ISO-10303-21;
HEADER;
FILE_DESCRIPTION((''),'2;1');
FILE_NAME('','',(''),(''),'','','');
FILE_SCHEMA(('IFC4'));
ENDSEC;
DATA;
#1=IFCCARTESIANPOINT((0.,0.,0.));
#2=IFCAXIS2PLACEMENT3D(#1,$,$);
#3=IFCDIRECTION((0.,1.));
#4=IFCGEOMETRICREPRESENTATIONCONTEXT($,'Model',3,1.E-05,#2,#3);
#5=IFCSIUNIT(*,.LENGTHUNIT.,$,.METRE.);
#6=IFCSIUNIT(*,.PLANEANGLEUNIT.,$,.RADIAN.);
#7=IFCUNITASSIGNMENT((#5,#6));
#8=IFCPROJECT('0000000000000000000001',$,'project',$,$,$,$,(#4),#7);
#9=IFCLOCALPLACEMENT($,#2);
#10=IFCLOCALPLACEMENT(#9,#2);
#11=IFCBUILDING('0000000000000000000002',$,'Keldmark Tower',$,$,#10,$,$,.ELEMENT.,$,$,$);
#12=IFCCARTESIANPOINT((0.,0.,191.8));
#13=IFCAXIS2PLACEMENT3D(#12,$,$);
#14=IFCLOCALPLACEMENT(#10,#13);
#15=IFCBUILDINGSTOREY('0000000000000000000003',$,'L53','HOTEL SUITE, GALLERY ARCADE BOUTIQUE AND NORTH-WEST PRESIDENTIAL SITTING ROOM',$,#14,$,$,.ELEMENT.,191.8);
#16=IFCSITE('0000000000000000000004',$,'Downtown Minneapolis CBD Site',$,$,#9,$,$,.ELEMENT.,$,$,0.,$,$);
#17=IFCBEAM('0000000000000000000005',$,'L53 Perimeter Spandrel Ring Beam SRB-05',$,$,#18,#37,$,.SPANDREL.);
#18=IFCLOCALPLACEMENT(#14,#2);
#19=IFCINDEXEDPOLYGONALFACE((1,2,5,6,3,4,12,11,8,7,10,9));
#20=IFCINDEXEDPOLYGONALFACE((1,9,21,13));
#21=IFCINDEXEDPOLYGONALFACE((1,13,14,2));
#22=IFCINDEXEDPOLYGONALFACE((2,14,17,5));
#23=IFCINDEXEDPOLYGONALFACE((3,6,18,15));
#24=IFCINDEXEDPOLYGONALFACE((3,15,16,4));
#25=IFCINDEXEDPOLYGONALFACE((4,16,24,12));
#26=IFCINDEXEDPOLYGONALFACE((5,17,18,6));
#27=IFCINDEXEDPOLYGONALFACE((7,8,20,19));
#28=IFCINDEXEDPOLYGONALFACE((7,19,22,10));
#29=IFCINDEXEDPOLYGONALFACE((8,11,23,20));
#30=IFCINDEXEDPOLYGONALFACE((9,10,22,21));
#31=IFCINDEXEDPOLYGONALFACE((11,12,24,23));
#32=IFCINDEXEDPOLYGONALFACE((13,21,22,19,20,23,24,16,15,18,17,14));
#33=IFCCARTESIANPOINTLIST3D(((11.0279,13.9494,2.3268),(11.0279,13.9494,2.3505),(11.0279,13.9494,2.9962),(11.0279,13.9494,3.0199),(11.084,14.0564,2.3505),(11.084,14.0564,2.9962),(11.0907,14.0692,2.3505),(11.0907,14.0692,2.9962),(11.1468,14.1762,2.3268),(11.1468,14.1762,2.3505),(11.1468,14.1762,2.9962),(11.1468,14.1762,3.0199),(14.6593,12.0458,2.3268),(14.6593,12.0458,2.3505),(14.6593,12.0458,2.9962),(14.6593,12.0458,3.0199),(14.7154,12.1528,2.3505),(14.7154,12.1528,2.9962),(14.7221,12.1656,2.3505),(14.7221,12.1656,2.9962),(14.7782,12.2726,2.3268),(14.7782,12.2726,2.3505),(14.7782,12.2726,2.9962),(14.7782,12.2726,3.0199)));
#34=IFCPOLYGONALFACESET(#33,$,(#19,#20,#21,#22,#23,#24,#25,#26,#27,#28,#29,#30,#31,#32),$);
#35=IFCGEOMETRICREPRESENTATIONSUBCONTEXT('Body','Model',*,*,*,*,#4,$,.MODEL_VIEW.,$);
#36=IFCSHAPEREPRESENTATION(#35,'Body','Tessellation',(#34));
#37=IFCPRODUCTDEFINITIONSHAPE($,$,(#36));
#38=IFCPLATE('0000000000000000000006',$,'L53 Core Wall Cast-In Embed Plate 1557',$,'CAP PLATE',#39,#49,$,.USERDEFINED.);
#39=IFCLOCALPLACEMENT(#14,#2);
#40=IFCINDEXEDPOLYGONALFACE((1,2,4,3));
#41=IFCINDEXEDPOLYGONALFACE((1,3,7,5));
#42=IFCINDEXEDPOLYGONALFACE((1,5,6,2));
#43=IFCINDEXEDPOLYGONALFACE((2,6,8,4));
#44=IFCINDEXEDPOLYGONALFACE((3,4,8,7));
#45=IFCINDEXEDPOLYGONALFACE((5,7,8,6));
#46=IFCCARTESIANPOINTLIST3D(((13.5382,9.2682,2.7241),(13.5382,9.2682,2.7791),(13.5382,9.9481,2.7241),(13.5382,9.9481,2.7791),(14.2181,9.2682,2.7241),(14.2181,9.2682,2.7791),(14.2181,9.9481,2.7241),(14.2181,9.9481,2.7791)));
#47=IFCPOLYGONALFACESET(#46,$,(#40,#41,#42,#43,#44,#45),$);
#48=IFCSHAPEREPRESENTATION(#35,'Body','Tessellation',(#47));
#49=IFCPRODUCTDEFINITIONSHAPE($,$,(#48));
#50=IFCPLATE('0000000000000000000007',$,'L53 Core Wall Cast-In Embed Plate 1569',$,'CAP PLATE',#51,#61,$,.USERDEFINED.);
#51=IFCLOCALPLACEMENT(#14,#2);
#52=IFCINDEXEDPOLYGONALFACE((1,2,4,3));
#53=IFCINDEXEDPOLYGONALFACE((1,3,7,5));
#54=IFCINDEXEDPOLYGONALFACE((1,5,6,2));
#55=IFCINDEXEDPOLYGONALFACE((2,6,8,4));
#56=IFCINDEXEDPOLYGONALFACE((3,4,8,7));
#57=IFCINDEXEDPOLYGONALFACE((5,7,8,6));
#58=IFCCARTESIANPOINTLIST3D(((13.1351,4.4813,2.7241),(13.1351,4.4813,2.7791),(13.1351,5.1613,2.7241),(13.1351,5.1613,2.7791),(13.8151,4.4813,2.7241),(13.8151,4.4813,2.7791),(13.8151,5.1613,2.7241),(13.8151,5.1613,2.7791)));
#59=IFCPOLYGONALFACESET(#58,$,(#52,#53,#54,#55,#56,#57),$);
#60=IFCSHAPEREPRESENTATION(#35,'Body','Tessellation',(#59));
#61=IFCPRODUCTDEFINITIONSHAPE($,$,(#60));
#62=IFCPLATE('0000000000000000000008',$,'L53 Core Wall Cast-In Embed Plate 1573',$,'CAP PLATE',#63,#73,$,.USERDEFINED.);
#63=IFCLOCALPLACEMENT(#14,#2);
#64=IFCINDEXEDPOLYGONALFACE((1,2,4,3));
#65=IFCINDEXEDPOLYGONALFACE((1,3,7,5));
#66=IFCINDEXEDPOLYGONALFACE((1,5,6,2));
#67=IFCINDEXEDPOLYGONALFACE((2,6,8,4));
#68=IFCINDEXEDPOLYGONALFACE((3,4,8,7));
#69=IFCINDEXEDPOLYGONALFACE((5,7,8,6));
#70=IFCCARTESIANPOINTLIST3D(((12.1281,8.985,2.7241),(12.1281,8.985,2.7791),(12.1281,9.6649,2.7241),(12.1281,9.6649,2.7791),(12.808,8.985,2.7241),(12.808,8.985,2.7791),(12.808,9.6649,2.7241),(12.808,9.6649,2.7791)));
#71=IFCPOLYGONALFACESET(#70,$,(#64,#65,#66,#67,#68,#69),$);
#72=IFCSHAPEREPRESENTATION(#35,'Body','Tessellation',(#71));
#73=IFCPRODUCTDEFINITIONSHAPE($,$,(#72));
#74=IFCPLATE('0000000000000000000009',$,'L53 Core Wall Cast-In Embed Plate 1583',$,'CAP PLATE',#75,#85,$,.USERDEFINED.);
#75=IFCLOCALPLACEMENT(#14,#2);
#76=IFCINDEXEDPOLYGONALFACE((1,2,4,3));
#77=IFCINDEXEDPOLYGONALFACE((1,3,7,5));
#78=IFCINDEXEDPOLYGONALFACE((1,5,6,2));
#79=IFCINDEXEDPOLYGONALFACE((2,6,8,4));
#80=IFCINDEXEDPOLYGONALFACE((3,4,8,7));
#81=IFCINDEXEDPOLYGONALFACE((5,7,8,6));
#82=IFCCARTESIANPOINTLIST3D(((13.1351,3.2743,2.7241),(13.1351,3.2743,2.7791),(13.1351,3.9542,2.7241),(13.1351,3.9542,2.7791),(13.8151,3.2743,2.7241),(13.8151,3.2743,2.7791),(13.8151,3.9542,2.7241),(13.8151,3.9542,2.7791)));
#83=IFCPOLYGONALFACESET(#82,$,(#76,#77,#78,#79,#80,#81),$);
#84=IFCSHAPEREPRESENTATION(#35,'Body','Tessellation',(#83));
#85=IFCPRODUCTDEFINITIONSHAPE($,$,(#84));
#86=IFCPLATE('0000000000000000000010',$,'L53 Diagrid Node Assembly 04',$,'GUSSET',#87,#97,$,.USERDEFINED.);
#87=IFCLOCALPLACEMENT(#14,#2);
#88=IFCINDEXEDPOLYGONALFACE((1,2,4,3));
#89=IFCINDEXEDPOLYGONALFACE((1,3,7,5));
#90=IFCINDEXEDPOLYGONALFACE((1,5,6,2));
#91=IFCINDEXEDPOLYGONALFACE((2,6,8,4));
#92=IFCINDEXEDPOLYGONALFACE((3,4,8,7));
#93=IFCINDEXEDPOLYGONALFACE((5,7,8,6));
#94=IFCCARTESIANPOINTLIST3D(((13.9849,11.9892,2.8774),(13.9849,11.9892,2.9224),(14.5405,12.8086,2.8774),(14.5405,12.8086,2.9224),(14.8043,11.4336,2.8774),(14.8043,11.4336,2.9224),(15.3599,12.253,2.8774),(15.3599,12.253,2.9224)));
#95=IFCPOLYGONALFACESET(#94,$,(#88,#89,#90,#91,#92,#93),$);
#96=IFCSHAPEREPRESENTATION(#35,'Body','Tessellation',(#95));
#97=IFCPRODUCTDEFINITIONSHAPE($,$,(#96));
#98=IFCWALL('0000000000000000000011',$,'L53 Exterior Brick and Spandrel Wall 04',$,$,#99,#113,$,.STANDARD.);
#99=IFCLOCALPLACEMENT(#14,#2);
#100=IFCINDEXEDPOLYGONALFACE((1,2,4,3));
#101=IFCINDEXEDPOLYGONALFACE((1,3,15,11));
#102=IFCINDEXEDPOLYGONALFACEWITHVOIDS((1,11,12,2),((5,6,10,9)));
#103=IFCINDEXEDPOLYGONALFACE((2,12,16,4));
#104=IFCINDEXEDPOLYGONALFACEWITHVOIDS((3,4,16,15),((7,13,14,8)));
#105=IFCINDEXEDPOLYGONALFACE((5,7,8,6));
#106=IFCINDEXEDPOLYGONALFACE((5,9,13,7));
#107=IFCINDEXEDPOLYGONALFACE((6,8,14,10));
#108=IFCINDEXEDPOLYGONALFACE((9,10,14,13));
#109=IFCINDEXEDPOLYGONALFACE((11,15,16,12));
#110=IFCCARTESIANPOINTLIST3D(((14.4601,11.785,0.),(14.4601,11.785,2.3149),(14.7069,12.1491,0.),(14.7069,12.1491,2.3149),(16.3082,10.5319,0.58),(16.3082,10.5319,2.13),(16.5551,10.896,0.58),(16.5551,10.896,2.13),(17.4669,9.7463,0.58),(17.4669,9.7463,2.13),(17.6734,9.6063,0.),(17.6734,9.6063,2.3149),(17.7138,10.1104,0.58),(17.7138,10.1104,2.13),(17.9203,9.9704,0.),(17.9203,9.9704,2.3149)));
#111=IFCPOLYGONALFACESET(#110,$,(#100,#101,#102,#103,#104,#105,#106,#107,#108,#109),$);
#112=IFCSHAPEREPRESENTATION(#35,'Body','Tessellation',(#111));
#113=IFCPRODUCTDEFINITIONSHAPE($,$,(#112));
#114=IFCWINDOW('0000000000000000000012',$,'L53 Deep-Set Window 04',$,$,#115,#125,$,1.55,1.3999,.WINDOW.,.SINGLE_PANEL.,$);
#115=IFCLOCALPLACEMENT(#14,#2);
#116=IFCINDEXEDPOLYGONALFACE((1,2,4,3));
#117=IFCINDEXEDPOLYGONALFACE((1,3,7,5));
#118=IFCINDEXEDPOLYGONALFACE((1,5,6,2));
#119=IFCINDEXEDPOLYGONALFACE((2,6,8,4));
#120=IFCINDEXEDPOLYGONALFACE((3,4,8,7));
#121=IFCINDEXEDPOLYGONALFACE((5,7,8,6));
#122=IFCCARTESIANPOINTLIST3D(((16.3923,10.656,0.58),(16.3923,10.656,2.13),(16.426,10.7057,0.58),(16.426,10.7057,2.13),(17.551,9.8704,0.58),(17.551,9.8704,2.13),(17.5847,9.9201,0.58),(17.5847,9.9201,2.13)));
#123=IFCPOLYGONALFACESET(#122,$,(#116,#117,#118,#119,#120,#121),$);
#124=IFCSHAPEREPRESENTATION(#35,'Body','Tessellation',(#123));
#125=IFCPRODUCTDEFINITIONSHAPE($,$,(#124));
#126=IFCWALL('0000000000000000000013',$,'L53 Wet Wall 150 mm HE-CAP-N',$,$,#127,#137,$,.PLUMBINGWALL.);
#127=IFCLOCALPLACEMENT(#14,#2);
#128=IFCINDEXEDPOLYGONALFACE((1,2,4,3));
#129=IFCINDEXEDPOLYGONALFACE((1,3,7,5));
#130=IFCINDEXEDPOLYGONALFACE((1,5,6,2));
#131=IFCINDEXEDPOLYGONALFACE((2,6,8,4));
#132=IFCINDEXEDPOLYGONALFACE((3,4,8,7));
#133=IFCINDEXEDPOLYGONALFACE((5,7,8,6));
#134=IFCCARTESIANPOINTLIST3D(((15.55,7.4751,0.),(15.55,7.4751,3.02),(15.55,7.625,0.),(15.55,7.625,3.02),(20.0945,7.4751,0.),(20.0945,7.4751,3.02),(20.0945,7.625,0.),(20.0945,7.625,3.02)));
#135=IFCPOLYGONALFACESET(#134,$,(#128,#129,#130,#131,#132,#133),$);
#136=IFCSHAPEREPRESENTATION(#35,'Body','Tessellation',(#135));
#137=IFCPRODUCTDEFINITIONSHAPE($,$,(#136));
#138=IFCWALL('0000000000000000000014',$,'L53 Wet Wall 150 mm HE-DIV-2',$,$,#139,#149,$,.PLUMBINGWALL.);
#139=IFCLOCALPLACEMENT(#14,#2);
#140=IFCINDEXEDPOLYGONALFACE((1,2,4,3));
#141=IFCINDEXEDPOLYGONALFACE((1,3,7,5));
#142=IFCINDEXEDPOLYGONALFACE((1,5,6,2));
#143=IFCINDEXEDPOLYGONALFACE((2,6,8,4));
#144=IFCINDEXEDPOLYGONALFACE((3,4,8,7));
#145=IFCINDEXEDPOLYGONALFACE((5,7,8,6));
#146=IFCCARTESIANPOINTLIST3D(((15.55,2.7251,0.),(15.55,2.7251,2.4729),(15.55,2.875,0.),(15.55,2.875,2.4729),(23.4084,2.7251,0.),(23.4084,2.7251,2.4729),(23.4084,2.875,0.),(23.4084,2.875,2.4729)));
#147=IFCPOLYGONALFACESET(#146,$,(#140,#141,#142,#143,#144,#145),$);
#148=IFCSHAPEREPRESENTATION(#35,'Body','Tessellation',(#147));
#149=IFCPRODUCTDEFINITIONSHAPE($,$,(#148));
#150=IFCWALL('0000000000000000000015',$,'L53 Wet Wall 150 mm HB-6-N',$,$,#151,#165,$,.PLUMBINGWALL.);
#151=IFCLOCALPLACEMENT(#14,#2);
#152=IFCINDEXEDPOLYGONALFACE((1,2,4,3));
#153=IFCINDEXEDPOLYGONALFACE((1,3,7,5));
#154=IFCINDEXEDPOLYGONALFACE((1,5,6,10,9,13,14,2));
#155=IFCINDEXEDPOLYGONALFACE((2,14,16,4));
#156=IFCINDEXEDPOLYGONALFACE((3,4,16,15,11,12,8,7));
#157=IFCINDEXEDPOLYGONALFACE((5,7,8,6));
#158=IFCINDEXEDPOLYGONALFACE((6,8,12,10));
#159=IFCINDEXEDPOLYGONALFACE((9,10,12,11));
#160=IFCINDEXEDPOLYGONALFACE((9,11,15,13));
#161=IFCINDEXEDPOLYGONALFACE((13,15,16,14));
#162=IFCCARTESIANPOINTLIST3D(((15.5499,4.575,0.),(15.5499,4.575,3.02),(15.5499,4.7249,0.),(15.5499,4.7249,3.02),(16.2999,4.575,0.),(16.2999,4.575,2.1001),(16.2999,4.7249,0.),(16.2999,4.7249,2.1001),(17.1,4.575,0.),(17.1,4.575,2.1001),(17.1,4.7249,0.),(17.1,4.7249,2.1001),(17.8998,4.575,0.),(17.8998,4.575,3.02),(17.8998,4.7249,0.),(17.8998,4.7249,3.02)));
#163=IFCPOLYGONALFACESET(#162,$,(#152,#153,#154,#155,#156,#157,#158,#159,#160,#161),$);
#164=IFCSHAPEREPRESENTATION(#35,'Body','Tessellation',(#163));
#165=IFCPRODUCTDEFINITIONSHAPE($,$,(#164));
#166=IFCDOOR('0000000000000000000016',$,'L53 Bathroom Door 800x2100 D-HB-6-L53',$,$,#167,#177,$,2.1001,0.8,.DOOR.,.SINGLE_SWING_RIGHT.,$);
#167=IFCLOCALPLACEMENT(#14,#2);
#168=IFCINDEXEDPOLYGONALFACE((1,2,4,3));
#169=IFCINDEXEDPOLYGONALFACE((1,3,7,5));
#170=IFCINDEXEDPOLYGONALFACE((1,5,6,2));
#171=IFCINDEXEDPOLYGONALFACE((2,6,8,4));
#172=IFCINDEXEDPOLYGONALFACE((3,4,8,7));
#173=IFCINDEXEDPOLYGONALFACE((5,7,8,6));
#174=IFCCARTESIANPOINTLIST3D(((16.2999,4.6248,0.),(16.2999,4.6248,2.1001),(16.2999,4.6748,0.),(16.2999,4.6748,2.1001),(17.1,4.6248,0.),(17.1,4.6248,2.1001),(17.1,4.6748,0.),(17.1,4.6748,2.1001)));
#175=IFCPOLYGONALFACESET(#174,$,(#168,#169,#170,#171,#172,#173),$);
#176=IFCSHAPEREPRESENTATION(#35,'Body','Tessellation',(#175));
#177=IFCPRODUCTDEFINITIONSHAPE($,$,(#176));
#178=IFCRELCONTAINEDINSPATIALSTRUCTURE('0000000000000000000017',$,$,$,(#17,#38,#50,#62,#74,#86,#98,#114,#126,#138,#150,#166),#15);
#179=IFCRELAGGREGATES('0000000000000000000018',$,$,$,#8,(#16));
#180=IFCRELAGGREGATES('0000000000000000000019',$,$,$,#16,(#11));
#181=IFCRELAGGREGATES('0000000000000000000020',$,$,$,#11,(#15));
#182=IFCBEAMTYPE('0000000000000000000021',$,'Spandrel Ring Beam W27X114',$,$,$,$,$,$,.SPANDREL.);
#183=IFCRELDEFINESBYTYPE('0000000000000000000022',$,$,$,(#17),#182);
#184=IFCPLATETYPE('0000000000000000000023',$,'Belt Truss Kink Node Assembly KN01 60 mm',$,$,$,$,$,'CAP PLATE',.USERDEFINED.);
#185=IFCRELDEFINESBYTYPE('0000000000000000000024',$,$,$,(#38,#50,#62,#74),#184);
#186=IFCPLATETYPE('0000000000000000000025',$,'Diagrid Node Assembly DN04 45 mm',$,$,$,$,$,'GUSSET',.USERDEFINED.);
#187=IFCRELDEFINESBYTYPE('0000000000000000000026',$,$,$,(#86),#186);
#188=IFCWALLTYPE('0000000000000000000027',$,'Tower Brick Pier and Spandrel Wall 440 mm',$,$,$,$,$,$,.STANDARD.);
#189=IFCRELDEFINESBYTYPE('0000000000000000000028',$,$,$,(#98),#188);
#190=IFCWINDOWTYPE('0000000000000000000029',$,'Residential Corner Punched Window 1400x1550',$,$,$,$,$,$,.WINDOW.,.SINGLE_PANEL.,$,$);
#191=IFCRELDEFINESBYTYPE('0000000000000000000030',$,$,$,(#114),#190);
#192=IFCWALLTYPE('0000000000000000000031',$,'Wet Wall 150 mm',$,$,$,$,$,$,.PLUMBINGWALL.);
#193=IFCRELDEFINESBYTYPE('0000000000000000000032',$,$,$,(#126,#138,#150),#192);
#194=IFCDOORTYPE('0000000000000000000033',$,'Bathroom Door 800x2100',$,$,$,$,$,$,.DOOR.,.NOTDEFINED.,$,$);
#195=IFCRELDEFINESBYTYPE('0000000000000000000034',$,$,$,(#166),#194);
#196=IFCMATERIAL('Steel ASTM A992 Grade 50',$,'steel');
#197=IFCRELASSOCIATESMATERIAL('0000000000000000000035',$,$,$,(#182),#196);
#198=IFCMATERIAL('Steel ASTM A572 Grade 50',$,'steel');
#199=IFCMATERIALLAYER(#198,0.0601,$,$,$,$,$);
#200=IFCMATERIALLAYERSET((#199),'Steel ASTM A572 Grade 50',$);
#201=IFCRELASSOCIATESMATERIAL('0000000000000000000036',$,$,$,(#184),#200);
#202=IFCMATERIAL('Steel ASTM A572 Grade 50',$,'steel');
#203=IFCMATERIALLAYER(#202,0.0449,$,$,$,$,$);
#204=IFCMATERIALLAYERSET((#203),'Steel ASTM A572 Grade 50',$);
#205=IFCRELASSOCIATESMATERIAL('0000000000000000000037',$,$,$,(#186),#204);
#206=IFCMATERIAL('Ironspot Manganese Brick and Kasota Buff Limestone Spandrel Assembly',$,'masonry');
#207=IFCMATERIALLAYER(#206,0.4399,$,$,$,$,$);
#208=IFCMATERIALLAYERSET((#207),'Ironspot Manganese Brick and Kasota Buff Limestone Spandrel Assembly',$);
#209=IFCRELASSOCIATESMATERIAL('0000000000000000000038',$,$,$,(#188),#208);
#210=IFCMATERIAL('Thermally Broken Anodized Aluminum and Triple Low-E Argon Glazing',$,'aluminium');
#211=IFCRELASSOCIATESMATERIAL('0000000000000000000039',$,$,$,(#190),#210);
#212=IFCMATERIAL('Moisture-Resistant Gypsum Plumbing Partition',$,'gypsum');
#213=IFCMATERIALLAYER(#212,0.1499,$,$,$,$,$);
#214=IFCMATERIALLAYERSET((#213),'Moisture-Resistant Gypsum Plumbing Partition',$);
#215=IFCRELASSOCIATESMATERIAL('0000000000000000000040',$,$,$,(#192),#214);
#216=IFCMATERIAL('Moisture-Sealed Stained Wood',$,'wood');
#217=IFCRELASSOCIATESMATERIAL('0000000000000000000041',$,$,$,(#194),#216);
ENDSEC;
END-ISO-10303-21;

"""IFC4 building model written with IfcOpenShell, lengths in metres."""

from ifc_helpers import new_model, si_unit, direction, frame, frame_2d, origin, origin_2d, place, context, subcontext, project, spatial, rectangle, i_section, extrude, material, layer, layer_set, material_profile, profile_set, type_object, element, fill, save


model = new_model("IFC4")

# Units and contexts
model_context = context("Model", 3, precision=1e-05, world=origin(), true_north=direction((0.0, 1.0)))
body_context = subcontext(model_context, "Body", "Model", "MODEL_VIEW")
ifc_project = project(units=[si_unit("LENGTHUNIT", "METRE"), si_unit("PLANEANGLEUNIT", "RADIAN")], contexts=[model_context])

# Site, building, storey
site_placement = place(None, origin())
site = spatial("IfcSite", under=ifc_project, at=site_placement, Name="Downtown Minneapolis CBD Site", CompositionType="ELEMENT", RefElevation=0.0)
building_placement = place(site_placement, origin())
building = spatial("IfcBuilding", under=site, at=building_placement, Name="Keldmark Tower", CompositionType="ELEMENT")
storey_placement = place(building_placement, frame((0.0, 0.0, 191.8)))
storey = spatial("IfcBuildingStorey", under=building, at=storey_placement, Name="L53", Description="HOTEL SUITE, GALLERY ARCADE BOUTIQUE AND NORTH-WEST PRESIDENTIAL SITTING ROOM", CompositionType="ELEMENT", Elevation=191.8)

# Beam
ifc_material_1 = material(Name="Steel ASTM A992 Grade 50", Category="steel")
ifc_material_profile_1 = material_profile(ifc_material_1, i_section(OverallWidth=0.2561, OverallDepth=0.6931, WebThickness=0.0144, FlangeThickness=0.0237, at=origin_2d()), Name="W27X114")
ifc_profile_set_1 = profile_set([ifc_material_profile_1], Name="Steel ASTM A992 Grade 50")
beam_type_1 = type_object("IfcBeamType", Name="Spandrel Ring Beam W27X114", PredefinedType="SPANDREL", material=ifc_profile_set_1)
beam_1_placement = place(storey_placement, frame((14.7188, 12.1592, 2.6733), z_axis=(-0.885688, 0.464281, 0.0), x_axis=(-0.464281, -0.885688, 0.0)))
element("IfcBeam", 1, at=beam_1_placement, inside=storey, type_object=beam_type_1, Name="L53 Perimeter Spandrel Ring Beam SRB-05", PredefinedType="SPANDREL", context=body_context, shape_type="SweptSolid", body=[
    extrude(i_section(OverallWidth=0.2561, OverallDepth=0.6931, WebThickness=0.0144, FlangeThickness=0.0237, at=origin_2d()), origin(), (0.0, 0.0, 1.0), 4.1001),
])

# Plates
ifc_material_2 = material(Name="Steel ASTM A572 Grade 50", Category="steel")
ifc_layer_1 = layer(ifc_material_2, 0.0601)
ifc_layer_set_1 = layer_set([ifc_layer_1], Name="Steel ASTM A572 Grade 50")
plate_type_1 = type_object("IfcPlateType", Name="Belt Truss Kink Node Assembly KN01 60 mm", ElementType="CAP PLATE", PredefinedType="USERDEFINED", material=ifc_layer_set_1)
for number, where, z_axis, x_axis, name in (
    (2, (13.8782, 9.6082, 2.7241), (0.0, 0.0, 1.0), (1.0, 0.0, 0.0), "L53 Core Wall Cast-In Embed Plate 1557"),
    (3, (13.4751, 4.8213, 2.7241), (0.0, 0.0, 1.0), (1.0, 0.0, 0.0), "L53 Core Wall Cast-In Embed Plate 1569"),
    (4, (12.468, 9.325, 2.7241), (0.0, 0.0, 1.0), (1.0, 0.0, 0.0), "L53 Core Wall Cast-In Embed Plate 1573"),
    (5, (13.4751, 3.6143, 2.7241), (0.0, 0.0, 1.0), (1.0, 0.0, 0.0), "L53 Core Wall Cast-In Embed Plate 1583"),
):
    element("IfcPlate", number, at=place(storey_placement, frame(where, z_axis=z_axis, x_axis=x_axis)), inside=storey, type_object=plate_type_1, Name=name, ObjectType="CAP PLATE", PredefinedType="USERDEFINED", context=body_context, shape_type="SweptSolid", body=[
        extrude(rectangle(XDim=0.6799, YDim=0.6799, at=origin_2d()), origin(), (0.0, 0.0, 1.0), 0.0549),
    ])
ifc_material_3 = material(Name="Steel ASTM A572 Grade 50", Category="steel")
ifc_layer_2 = layer(ifc_material_3, 0.0449)
ifc_layer_set_2 = layer_set([ifc_layer_2], Name="Steel ASTM A572 Grade 50")
plate_type_2 = type_object("IfcPlateType", Name="Diagrid Node Assembly DN04 45 mm", ElementType="GUSSET", PredefinedType="USERDEFINED", material=ifc_layer_set_2)
plate_placement = place(storey_placement, frame((14.6724, 12.1211, 2.8774), z_axis=(0.0, 0.0, 1.0), x_axis=(-0.827669, 0.561217, 0.0)))
element("IfcPlate", 6, at=plate_placement, inside=storey, type_object=plate_type_2, Name="L53 Diagrid Node Assembly 04", ObjectType="GUSSET", PredefinedType="USERDEFINED", context=body_context, shape_type="SweptSolid", body=[
    extrude(rectangle(XDim=0.99, YDim=0.99, at=origin_2d()), origin(), (0.0, 0.0, 1.0), 0.0449),
])

# Wall, opening, window
ifc_material_4 = material(Name="Ironspot Manganese Brick and Kasota Buff Limestone Spandrel Assembly", Category="masonry")
ifc_layer_3 = layer(ifc_material_4, 0.4399)
ifc_layer_set_3 = layer_set([ifc_layer_3], Name="Ironspot Manganese Brick and Kasota Buff Limestone Spandrel Assembly")
wall_type_1 = type_object("IfcWallType", Name="Tower Brick Pier and Spandrel Wall 440 mm", PredefinedType="STANDARD", material=ifc_layer_set_3)
wall_1_placement = place(storey_placement, frame((14.5835, 11.967, 0.0), z_axis=(0.0, 0.0, 1.0), x_axis=(0.827691, -0.561185, 0.0)))
wall_1 = element("IfcWall", 7, at=wall_1_placement, inside=storey, type_object=wall_type_1, Name="L53 Exterior Brick and Spandrel Wall 04", PredefinedType="STANDARD", context=body_context, shape_type="SweptSolid", body=[
    extrude(rectangle(XDim=3.8823, YDim=0.4399, at=frame_2d((1.9412, 0.0))), origin(), (0.0, 0.0, 1.0), 2.3149),
])
opening_1_placement = place(wall_1_placement, frame((2.2329, 0.0, 0.5801)))
opening_1 = element("IfcOpeningElement", 8, at=opening_1_placement, cuts=wall_1, PredefinedType="OPENING", context=body_context, shape_type="SweptSolid", body=[
    extrude(rectangle(XDim=1.3999, YDim=1.55, at=frame_2d((0.7, 0.7749))), frame((0.0, 0.23, 0.0), z_axis=(0.0, -1.0, 0.0), x_axis=(1.0, 0.0, 0.0)), (0.0, 0.0, 1.0), 0.46),
])
ifc_material_5 = material(Name="Thermally Broken Anodized Aluminum and Triple Low-E Argon Glazing", Category="aluminium")
window_type = type_object("IfcWindowType", Name="Residential Corner Punched Window 1400x1550", PartitioningType="SINGLE_PANEL", PredefinedType="WINDOW", material=ifc_material_5)
window_placement = place(opening_1_placement, origin())
window = element("IfcWindow", 9, at=window_placement, inside=storey, type_object=window_type, Name="L53 Deep-Set Window 04", OverallHeight=1.55, OverallWidth=1.3999, PartitioningType="SINGLE_PANEL", PredefinedType="WINDOW", context=body_context, shape_type="SweptSolid", body=[
    extrude(rectangle(XDim=1.3999, YDim=1.55, at=frame_2d((0.7, 0.7749))), frame((0.0, -0.01, 0.0), z_axis=(0.0, -1.0, 0.0), x_axis=(1.0, 0.0, 0.0)), (0.0, 0.0, 1.0), 0.0601),
])
fill(opening_1, window)

# Walls
ifc_material_6 = material(Name="Moisture-Resistant Gypsum Plumbing Partition", Category="gypsum")
ifc_layer_4 = layer(ifc_material_6, 0.1499)
ifc_layer_set_4 = layer_set([ifc_layer_4], Name="Moisture-Resistant Gypsum Plumbing Partition")
wall_type_2 = type_object("IfcWallType", Name="Wet Wall 150 mm", PredefinedType="PLUMBINGWALL", material=ifc_layer_set_4)
wall_2_placement = place(storey_placement, frame((15.55, 7.55, 0.0), z_axis=(0.0, 0.0, 1.0), x_axis=(1.0, 0.0, 0.0)))
element("IfcWall", 10, at=wall_2_placement, inside=storey, type_object=wall_type_2, Name="L53 Wet Wall 150 mm HE-CAP-N", PredefinedType="PLUMBINGWALL", context=body_context, shape_type="SweptSolid", body=[
    extrude(rectangle(XDim=4.5444, YDim=0.1499, at=frame_2d((2.2722, 0.0))), origin(), (0.0, 0.0, 1.0), 3.02),
])
wall_3_placement = place(storey_placement, frame((15.55, 2.8, 0.0), z_axis=(0.0, 0.0, 1.0), x_axis=(1.0, 0.0, 0.0)))
element("IfcWall", 11, at=wall_3_placement, inside=storey, type_object=wall_type_2, Name="L53 Wet Wall 150 mm HE-DIV-2", PredefinedType="PLUMBINGWALL", context=body_context, shape_type="SweptSolid", body=[
    extrude(rectangle(XDim=7.8584, YDim=0.1499, at=frame_2d((3.9292, 0.0))), origin(), (0.0, 0.0, 1.0), 2.4729),
])

# Wall, opening, door
wall_4_placement = place(storey_placement, frame((15.55, 4.6499, 0.0), z_axis=(0.0, 0.0, 1.0), x_axis=(1.0, 0.0, 0.0)))
wall_4 = element("IfcWall", 12, at=wall_4_placement, inside=storey, type_object=wall_type_2, Name="L53 Wet Wall 150 mm HB-6-N", PredefinedType="PLUMBINGWALL", context=body_context, shape_type="SweptSolid", body=[
    extrude(rectangle(XDim=2.3499, YDim=0.1499, at=frame_2d((1.1748, 0.0))), origin(), (0.0, 0.0, 1.0), 3.02),
])
opening_2_placement = place(wall_4_placement, frame((0.75, 0.0, 0.0)))
opening_2 = element("IfcOpeningElement", 13, at=opening_2_placement, cuts=wall_4, PredefinedType="OPENING", context=body_context, shape_type="SweptSolid", body=[
    extrude(rectangle(XDim=0.8, YDim=2.1001, at=frame_2d((0.3999, 1.05))), frame((0.0, 0.085, 0.0), z_axis=(0.0, -1.0, 0.0), x_axis=(1.0, 0.0, 0.0)), (0.0, 0.0, 1.0), 0.1699),
])
ifc_material_7 = material(Name="Moisture-Sealed Stained Wood", Category="wood")
door_type_1 = type_object("IfcDoorType", Name="Bathroom Door 800x2100", OperationType="NOTDEFINED", PredefinedType="DOOR", material=ifc_material_7)
door_1_placement = place(opening_2_placement, origin())
door_1 = element("IfcDoor", 14, at=door_1_placement, inside=storey, type_object=door_type_1, Name="L53 Bathroom Door 800x2100 D-HB-6-L53", OperationType="SINGLE_SWING_RIGHT", OverallHeight=2.1001, OverallWidth=0.8, PredefinedType="DOOR", context=body_context, shape_type="SweptSolid", body=[
    extrude(rectangle(XDim=0.8, YDim=2.1001, at=frame_2d((0.3999, 1.05))), frame((0.0, 0.0249, 0.0), z_axis=(0.0, -1.0, 0.0), x_axis=(1.0, 0.0, 0.0)), (0.0, 0.0, 1.0), 0.05),
])
fill(opening_2, door_1)

save(model, "model.ifc")
